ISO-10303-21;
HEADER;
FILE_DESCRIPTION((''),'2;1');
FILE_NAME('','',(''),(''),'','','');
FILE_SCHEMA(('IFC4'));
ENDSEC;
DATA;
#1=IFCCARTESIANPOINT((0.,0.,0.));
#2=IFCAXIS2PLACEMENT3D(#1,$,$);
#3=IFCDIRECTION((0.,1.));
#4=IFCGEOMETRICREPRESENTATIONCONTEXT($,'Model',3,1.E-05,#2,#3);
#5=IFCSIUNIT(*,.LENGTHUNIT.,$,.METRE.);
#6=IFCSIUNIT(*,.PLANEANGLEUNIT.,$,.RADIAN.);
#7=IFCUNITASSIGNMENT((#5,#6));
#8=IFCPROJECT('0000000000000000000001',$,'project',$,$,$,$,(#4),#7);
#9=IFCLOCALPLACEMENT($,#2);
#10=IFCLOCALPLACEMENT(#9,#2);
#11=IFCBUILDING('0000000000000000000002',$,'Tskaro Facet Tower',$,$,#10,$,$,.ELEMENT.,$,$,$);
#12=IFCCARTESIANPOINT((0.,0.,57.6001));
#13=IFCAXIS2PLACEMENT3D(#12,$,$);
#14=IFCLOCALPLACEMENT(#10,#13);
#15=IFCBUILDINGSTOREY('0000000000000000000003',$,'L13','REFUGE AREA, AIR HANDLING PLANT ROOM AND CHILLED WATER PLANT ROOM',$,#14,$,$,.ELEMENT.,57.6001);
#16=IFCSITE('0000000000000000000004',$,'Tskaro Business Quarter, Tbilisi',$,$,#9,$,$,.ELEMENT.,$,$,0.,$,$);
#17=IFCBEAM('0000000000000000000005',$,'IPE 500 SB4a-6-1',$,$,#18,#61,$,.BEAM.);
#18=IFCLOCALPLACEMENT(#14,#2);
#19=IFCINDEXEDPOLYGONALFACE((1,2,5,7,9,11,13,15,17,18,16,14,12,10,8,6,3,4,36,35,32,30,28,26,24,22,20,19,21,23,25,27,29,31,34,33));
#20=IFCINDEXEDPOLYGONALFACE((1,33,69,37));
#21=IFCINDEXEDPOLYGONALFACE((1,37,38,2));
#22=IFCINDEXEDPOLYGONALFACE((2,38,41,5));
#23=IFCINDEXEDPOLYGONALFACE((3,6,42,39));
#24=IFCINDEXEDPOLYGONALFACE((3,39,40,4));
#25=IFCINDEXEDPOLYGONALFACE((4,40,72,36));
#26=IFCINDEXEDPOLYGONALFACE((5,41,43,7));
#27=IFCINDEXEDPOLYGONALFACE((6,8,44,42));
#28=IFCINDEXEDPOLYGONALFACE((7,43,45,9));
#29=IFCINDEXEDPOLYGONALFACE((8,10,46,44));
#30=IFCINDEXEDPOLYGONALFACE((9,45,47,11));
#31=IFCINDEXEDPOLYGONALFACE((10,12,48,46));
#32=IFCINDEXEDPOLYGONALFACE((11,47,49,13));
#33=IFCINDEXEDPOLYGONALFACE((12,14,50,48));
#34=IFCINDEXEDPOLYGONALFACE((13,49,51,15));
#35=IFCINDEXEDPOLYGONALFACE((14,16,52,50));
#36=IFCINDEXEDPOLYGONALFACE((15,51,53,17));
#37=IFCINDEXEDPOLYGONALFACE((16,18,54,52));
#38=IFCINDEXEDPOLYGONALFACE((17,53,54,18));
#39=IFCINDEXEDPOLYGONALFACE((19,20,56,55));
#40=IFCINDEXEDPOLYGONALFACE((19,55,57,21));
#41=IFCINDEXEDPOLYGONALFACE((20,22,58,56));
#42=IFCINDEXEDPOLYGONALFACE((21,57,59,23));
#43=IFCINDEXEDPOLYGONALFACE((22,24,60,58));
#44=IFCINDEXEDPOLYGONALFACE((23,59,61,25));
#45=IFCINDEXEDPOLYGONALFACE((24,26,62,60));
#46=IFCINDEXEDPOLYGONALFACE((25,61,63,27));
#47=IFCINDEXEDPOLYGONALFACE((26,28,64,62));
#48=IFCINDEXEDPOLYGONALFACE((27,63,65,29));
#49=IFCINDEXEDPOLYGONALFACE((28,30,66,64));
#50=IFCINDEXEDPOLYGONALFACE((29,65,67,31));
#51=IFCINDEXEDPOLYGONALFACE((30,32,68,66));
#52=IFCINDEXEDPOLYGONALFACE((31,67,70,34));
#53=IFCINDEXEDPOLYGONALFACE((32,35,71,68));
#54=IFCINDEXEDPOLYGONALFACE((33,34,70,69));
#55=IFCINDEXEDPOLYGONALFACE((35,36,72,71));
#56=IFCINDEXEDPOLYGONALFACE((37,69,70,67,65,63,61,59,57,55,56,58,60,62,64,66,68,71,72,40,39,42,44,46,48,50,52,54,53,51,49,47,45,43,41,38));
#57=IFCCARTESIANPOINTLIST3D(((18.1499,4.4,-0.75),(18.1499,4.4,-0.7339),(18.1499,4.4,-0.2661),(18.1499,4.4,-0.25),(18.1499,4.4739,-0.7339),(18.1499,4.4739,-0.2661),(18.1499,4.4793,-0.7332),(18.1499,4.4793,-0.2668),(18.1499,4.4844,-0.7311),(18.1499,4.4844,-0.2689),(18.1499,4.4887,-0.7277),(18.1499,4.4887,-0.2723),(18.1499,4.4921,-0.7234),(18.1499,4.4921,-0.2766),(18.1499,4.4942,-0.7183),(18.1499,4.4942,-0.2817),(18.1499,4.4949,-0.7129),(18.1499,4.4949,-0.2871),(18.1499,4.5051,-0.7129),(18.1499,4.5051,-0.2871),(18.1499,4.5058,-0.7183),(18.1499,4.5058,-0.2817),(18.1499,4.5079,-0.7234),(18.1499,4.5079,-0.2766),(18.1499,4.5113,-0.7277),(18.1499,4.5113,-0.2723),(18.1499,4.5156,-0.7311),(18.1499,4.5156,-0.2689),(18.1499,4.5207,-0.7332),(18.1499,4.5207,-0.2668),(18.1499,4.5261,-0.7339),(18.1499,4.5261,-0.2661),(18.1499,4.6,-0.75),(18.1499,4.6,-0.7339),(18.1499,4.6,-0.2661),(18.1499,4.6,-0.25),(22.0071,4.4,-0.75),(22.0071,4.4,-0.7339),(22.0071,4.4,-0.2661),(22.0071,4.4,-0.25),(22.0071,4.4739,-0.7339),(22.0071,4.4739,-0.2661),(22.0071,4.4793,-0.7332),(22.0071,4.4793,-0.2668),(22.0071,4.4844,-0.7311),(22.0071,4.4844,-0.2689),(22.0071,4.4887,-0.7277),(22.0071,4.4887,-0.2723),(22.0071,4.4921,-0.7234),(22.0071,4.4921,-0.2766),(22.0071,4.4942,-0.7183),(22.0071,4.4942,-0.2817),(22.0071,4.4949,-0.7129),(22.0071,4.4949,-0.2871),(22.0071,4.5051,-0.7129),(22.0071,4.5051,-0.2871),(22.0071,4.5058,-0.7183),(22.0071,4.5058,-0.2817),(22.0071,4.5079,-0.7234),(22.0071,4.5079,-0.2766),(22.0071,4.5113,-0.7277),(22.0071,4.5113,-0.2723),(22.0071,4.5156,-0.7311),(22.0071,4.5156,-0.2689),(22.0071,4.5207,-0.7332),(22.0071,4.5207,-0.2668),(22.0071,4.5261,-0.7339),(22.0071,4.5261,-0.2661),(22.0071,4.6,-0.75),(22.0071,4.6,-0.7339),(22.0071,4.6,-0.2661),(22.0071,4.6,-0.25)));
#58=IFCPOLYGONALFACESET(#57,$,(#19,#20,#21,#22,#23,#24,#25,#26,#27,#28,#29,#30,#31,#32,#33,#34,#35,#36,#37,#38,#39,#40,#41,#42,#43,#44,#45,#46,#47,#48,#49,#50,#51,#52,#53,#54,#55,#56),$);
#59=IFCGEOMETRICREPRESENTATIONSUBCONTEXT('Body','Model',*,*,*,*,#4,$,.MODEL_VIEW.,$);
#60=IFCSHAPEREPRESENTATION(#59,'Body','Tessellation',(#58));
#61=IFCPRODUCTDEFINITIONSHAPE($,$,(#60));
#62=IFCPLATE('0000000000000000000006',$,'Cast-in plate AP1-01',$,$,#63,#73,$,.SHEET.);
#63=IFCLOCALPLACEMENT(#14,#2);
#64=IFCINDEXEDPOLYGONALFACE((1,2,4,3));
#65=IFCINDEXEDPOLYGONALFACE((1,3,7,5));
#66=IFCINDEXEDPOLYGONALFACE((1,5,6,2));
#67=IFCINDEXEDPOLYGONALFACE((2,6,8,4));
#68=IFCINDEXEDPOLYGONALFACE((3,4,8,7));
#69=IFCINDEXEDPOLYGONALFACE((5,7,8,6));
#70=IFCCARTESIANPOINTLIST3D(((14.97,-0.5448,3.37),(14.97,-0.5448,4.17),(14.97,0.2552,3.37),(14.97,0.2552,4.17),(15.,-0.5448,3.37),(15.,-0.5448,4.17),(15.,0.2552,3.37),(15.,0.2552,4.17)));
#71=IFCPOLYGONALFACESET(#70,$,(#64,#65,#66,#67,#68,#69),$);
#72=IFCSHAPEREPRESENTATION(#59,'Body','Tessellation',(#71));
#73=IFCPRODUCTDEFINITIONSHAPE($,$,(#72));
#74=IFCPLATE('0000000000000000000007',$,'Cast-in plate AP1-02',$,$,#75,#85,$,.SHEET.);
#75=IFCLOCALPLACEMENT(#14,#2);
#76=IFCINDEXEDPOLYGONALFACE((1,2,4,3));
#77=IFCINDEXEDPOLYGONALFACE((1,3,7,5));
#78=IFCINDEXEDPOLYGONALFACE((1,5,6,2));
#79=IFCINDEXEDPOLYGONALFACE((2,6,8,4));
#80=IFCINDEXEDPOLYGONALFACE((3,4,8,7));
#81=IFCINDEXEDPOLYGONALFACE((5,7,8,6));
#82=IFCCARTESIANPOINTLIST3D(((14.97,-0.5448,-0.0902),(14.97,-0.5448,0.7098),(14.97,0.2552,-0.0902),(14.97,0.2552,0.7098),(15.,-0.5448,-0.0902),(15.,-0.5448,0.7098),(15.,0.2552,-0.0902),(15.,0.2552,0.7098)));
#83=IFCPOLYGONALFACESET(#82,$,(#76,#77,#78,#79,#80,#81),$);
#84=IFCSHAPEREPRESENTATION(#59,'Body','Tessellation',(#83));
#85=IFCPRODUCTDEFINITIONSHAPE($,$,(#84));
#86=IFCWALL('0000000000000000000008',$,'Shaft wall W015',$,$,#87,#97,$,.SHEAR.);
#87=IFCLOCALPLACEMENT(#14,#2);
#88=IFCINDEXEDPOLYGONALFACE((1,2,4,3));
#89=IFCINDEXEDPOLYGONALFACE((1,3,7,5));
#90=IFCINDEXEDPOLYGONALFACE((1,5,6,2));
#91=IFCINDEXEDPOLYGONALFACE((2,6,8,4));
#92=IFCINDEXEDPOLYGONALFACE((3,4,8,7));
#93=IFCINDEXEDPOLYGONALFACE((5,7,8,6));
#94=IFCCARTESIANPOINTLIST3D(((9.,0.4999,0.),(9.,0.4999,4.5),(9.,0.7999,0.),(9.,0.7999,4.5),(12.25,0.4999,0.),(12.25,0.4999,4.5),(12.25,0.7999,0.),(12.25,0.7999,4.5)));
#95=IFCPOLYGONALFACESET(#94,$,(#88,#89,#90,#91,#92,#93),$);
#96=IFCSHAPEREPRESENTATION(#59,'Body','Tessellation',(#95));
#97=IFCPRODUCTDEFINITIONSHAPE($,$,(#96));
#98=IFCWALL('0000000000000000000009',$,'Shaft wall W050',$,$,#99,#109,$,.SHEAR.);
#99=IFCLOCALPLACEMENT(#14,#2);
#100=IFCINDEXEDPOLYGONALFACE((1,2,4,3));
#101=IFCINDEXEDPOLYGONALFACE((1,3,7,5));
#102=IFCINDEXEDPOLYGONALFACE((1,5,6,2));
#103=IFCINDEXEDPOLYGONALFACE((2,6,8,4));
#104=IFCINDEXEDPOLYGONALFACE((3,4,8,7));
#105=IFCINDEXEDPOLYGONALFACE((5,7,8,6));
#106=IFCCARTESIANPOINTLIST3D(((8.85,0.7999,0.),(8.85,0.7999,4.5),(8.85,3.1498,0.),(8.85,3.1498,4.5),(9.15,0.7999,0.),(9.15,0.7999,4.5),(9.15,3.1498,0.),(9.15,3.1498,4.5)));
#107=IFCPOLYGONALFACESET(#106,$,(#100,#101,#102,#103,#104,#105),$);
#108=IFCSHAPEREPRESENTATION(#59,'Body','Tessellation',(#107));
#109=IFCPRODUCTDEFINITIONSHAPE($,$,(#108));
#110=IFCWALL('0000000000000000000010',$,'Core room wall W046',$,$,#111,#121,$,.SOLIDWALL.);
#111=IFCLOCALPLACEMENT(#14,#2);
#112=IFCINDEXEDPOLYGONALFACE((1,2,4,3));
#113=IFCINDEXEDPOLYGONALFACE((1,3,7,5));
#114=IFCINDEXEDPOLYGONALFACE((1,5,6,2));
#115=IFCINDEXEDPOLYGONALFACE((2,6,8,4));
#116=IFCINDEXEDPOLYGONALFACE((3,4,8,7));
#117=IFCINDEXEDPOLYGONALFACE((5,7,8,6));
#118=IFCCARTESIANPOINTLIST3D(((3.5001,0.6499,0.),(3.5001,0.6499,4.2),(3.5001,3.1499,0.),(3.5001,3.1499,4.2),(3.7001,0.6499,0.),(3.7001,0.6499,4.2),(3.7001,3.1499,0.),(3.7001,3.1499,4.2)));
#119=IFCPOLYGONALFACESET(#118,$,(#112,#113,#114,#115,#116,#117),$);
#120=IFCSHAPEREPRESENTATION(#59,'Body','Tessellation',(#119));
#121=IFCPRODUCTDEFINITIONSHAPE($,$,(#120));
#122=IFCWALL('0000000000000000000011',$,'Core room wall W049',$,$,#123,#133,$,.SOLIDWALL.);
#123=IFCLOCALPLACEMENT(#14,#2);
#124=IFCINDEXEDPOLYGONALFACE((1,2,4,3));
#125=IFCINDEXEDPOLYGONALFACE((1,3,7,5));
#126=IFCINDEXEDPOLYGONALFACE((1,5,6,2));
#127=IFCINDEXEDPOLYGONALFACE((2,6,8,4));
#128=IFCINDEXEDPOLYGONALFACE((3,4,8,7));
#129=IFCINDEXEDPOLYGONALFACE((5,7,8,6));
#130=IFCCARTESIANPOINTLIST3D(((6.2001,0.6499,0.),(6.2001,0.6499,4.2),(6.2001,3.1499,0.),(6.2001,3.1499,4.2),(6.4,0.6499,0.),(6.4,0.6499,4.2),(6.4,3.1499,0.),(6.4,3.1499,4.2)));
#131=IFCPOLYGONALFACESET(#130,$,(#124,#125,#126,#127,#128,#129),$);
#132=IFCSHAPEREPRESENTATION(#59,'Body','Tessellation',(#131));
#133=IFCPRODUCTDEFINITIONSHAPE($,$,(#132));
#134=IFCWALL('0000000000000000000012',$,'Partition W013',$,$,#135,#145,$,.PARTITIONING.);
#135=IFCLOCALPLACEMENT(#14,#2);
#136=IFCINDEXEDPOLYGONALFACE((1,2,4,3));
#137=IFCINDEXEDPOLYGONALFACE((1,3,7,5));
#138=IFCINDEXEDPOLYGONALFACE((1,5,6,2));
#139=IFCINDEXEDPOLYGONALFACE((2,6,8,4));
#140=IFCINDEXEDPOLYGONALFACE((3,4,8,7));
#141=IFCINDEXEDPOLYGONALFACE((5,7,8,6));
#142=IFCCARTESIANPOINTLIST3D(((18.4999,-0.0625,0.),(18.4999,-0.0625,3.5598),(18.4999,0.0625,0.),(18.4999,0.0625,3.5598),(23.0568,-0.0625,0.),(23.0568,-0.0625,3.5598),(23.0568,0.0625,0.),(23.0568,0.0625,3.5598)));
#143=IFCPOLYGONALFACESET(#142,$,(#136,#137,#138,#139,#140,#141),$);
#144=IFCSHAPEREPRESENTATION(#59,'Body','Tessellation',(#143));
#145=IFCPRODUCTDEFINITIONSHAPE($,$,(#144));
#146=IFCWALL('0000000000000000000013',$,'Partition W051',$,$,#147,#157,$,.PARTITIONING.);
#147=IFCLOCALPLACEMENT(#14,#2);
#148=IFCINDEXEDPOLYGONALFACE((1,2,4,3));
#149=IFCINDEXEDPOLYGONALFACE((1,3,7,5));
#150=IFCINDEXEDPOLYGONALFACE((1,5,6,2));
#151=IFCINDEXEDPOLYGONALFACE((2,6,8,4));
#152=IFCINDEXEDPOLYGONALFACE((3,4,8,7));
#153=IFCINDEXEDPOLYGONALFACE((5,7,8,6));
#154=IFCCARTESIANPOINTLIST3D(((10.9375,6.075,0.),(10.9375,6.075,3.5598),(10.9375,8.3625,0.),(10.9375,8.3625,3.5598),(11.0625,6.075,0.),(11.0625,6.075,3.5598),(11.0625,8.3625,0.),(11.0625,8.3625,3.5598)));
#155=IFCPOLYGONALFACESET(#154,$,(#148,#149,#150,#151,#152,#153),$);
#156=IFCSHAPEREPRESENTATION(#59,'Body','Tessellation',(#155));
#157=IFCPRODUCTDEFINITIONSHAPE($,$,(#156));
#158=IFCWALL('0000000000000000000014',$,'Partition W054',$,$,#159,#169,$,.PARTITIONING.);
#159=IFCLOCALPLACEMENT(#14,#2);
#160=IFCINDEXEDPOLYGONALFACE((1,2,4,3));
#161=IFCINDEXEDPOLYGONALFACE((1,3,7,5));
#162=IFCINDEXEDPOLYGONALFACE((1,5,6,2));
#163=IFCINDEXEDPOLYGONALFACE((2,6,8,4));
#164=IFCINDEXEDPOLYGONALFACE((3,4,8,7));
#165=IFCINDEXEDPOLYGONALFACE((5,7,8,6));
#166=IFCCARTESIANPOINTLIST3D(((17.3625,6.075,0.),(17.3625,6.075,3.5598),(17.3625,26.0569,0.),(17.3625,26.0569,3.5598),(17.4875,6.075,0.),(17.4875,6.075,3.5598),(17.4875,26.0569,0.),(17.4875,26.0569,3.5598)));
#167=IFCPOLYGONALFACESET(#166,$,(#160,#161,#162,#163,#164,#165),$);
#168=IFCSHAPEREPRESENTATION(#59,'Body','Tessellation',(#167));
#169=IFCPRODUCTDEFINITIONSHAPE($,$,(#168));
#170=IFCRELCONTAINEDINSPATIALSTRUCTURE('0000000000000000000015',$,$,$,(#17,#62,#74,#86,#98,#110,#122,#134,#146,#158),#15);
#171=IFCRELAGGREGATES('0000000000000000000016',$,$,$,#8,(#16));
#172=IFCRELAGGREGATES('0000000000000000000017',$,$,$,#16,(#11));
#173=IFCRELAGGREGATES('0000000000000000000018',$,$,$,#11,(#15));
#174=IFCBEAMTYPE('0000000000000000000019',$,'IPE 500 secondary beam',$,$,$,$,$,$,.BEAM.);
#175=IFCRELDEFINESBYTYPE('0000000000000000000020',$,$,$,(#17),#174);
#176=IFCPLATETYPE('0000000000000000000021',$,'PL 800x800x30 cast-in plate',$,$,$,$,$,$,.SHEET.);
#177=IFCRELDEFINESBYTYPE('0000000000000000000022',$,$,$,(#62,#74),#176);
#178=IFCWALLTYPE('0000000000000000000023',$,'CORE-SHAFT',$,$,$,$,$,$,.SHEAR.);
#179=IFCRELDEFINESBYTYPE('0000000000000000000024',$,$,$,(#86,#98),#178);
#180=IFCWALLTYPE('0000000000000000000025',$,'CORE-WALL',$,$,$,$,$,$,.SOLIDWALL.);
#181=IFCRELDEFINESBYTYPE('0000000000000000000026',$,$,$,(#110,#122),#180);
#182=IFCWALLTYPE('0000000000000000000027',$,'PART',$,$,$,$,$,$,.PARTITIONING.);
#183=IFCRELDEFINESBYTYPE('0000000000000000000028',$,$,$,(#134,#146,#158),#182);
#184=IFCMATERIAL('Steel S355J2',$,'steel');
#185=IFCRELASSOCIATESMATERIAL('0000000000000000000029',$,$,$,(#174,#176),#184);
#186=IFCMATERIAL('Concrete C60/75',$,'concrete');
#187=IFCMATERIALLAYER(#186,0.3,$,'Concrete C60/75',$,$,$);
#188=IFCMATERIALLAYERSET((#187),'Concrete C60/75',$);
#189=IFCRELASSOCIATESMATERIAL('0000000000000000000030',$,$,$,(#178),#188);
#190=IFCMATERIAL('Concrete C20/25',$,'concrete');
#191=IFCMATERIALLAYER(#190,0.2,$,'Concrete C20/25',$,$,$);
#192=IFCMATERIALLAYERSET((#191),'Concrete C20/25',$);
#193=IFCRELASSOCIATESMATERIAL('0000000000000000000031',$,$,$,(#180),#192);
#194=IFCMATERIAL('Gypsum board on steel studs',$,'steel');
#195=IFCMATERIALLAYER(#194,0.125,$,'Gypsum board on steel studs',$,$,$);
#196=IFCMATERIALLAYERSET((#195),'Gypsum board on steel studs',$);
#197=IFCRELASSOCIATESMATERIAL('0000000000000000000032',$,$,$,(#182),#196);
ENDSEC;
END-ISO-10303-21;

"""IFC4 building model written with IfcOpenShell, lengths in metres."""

from ifc_helpers import new_model, si_unit, direction, frame, frame_2d, origin, origin_2d, place, context, subcontext, project, spatial, rectangle, i_section, extrude, material, layer, layer_set, material_profile, profile_set, type_object, element, save


model = new_model("IFC4")

# Units and contexts
model_context = context("Model", 3, precision=1e-05, world=origin(), true_north=direction((0.0, 1.0)))
body_context = subcontext(model_context, "Body", "Model", "MODEL_VIEW")
ifc_project = project(units=[si_unit("LENGTHUNIT", "METRE"), si_unit("PLANEANGLEUNIT", "RADIAN")], contexts=[model_context])

# Site, building, storey
site_placement = place(None, origin())
site = spatial("IfcSite", under=ifc_project, at=site_placement, Name="Tskaro Business Quarter, Tbilisi", CompositionType="ELEMENT", RefElevation=0.0)
building_placement = place(site_placement, origin())
building = spatial("IfcBuilding", under=site, at=building_placement, Name="Tskaro Facet Tower", CompositionType="ELEMENT")
storey_placement = place(building_placement, frame((0.0, 0.0, 57.6001)))
storey = spatial("IfcBuildingStorey", under=building, at=storey_placement, Name="L13", Description="REFUGE AREA, AIR HANDLING PLANT ROOM AND CHILLED WATER PLANT ROOM", CompositionType="ELEMENT", Elevation=57.6001)

# Beam
ifc_material_1 = material(Name="Steel S355J2", Category="steel")
ifc_material_profile_1 = material_profile(ifc_material_1, i_section(OverallWidth=0.2, OverallDepth=0.5, WebThickness=0.0103, FlangeThickness=0.0161, FilletRadius=0.021, at=origin_2d()), Name="IPE 500")
ifc_profile_set_1 = profile_set([ifc_material_profile_1], Name="Steel S355J2")
beam_type_1 = type_object("IfcBeamType", Name="IPE 500 secondary beam", PredefinedType="BEAM", material=ifc_profile_set_1)
beam_1_placement = place(storey_placement, frame((18.1499, 4.5, -0.5), z_axis=(1.0, 0.0, 0.0), x_axis=(0.0, 1.0, 0.0)))
element("IfcBeam", 1, at=beam_1_placement, inside=storey, type_object=beam_type_1, Name="IPE 500 SB4a-6-1", PredefinedType="BEAM", context=body_context, shape_type="SweptSolid", body=[
    extrude(i_section(OverallWidth=0.2, OverallDepth=0.5, WebThickness=0.0103, FlangeThickness=0.0161, FilletRadius=0.021, at=origin_2d()), origin(), (0.0, 0.0, 1.0), 3.8572),
])

# Plates
ifc_material_profile_2 = material_profile(ifc_material_1, rectangle(XDim=0.8, YDim=0.8, at=origin_2d()), Name="PL 800x800x30 cast-in plate")
ifc_profile_set_2 = profile_set([ifc_material_profile_2], Name="Steel S355J2")
plate_type = type_object("IfcPlateType", Name="PL 800x800x30 cast-in plate", PredefinedType="SHEET", material=ifc_profile_set_2)
for number, where, z_axis, x_axis, name in (
    (2, (14.97, -0.1448, 3.77), (1.0, 0.0, 0.0), (0.0, 1.0, 0.0), "Cast-in plate AP1-01"),
    (3, (14.97, -0.1448, 0.3098), (1.0, 0.0, 0.0), (0.0, 1.0, 0.0), "Cast-in plate AP1-02"),
):
    element("IfcPlate", number, at=place(storey_placement, frame(where, z_axis=z_axis, x_axis=x_axis)), inside=storey, type_object=plate_type, Name=name, PredefinedType="SHEET", context=body_context, shape_type="SweptSolid", body=[
        extrude(rectangle(XDim=0.8, YDim=0.8, at=origin_2d()), origin(), (0.0, 0.0, 1.0), 0.03),
    ])

# Walls
ifc_material_2 = material(Name="Concrete C60/75", Category="concrete")
ifc_layer_1 = layer(ifc_material_2, 0.3, Name="Concrete C60/75")
ifc_layer_set_1 = layer_set([ifc_layer_1], Name="Concrete C60/75")
wall_type_1 = type_object("IfcWallType", Name="CORE-SHAFT", PredefinedType="SHEAR", material=ifc_layer_set_1)
wall_1_placement = place(storey_placement, frame((12.25, 0.6499, 0.0), z_axis=(0.0, 0.0, 1.0), x_axis=(-1.0, 0.0, 0.0)))
element("IfcWall", 4, at=wall_1_placement, inside=storey, type_object=wall_type_1, Name="Shaft wall W015", PredefinedType="SHEAR", context=body_context, shape_type="SweptSolid", body=[
    extrude(rectangle(XDim=3.25, YDim=0.3, at=frame_2d((1.625, 0.0))), origin(), (0.0, 0.0, 1.0), 4.5),
])
wall_2_placement = place(storey_placement, frame((9.0, 0.8, 0.0), z_axis=(0.0, 0.0, 1.0), x_axis=(0.0, 1.0, 0.0)))
element("IfcWall", 5, at=wall_2_placement, inside=storey, type_object=wall_type_1, Name="Shaft wall W050", PredefinedType="SHEAR", context=body_context, shape_type="SweptSolid", body=[
    extrude(rectangle(XDim=2.3499, YDim=0.3, at=frame_2d((1.1748, 0.0))), origin(), (0.0, 0.0, 1.0), 4.5),
])
ifc_material_3 = material(Name="Concrete C20/25", Category="concrete")
ifc_layer_2 = layer(ifc_material_3, 0.2, Name="Concrete C20/25")
ifc_layer_set_2 = layer_set([ifc_layer_2], Name="Concrete C20/25")
wall_type_2 = type_object("IfcWallType", Name="CORE-WALL", PredefinedType="SOLIDWALL", material=ifc_layer_set_2)
for number, where, z_axis, x_axis, name in (
    (6, (3.6001, 0.6499, 0.0), (0.0, 0.0, 1.0), (0.0, 1.0, 0.0), "Core room wall W046"),
    (7, (6.3, 0.6499, 0.0), (0.0, 0.0, 1.0), (0.0, 1.0, 0.0), "Core room wall W049"),
):
    element("IfcWall", number, at=place(storey_placement, frame(where, z_axis=z_axis, x_axis=x_axis)), inside=storey, type_object=wall_type_2, Name=name, PredefinedType="SOLIDWALL", context=body_context, shape_type="SweptSolid", body=[
        extrude(rectangle(XDim=2.5, YDim=0.2, at=frame_2d((1.25, 0.0))), origin(), (0.0, 0.0, 1.0), 4.2),
    ])
ifc_material_4 = material(Name="Gypsum board on steel studs", Category="steel")
ifc_layer_3 = layer(ifc_material_4, 0.125, Name="Gypsum board on steel studs")
ifc_layer_set_3 = layer_set([ifc_layer_3], Name="Gypsum board on steel studs")
wall_type_3 = type_object("IfcWallType", Name="PART", PredefinedType="PARTITIONING", material=ifc_layer_set_3)
wall_3_placement = place(storey_placement, frame((18.5, 0.0, 0.0), z_axis=(0.0, 0.0, 1.0), x_axis=(1.0, 0.0, 0.0)))
element("IfcWall", 8, at=wall_3_placement, inside=storey, type_object=wall_type_3, Name="Partition W013", PredefinedType="PARTITIONING", context=body_context, shape_type="SweptSolid", body=[
    extrude(rectangle(XDim=4.5569, YDim=0.125, at=frame_2d((2.2783, 0.0))), origin(), (0.0, 0.0, 1.0), 3.5598),
])
wall_4_placement = place(storey_placement, frame((11.0, 6.075, 0.0), z_axis=(0.0, 0.0, 1.0), x_axis=(0.0, 1.0, 0.0)))
element("IfcWall", 9, at=wall_4_placement, inside=storey, type_object=wall_type_3, Name="Partition W051", PredefinedType="PARTITIONING", context=body_context, shape_type="SweptSolid", body=[
    extrude(rectangle(XDim=2.2876, YDim=0.125, at=frame_2d((1.1438, 0.0))), origin(), (0.0, 0.0, 1.0), 3.5598),
])
wall_5_placement = place(storey_placement, frame((17.425, 6.075, 0.0), z_axis=(0.0, 0.0, 1.0), x_axis=(0.0, 1.0, 0.0)))
element("IfcWall", 10, at=wall_5_placement, inside=storey, type_object=wall_type_3, Name="Partition W054", PredefinedType="PARTITIONING", context=body_context, shape_type="SweptSolid", body=[
    extrude(rectangle(XDim=19.9819, YDim=0.125, at=frame_2d((9.991, 0.0))), origin(), (0.0, 0.0, 1.0), 3.5598),
])

save(model, "model.ifc")
